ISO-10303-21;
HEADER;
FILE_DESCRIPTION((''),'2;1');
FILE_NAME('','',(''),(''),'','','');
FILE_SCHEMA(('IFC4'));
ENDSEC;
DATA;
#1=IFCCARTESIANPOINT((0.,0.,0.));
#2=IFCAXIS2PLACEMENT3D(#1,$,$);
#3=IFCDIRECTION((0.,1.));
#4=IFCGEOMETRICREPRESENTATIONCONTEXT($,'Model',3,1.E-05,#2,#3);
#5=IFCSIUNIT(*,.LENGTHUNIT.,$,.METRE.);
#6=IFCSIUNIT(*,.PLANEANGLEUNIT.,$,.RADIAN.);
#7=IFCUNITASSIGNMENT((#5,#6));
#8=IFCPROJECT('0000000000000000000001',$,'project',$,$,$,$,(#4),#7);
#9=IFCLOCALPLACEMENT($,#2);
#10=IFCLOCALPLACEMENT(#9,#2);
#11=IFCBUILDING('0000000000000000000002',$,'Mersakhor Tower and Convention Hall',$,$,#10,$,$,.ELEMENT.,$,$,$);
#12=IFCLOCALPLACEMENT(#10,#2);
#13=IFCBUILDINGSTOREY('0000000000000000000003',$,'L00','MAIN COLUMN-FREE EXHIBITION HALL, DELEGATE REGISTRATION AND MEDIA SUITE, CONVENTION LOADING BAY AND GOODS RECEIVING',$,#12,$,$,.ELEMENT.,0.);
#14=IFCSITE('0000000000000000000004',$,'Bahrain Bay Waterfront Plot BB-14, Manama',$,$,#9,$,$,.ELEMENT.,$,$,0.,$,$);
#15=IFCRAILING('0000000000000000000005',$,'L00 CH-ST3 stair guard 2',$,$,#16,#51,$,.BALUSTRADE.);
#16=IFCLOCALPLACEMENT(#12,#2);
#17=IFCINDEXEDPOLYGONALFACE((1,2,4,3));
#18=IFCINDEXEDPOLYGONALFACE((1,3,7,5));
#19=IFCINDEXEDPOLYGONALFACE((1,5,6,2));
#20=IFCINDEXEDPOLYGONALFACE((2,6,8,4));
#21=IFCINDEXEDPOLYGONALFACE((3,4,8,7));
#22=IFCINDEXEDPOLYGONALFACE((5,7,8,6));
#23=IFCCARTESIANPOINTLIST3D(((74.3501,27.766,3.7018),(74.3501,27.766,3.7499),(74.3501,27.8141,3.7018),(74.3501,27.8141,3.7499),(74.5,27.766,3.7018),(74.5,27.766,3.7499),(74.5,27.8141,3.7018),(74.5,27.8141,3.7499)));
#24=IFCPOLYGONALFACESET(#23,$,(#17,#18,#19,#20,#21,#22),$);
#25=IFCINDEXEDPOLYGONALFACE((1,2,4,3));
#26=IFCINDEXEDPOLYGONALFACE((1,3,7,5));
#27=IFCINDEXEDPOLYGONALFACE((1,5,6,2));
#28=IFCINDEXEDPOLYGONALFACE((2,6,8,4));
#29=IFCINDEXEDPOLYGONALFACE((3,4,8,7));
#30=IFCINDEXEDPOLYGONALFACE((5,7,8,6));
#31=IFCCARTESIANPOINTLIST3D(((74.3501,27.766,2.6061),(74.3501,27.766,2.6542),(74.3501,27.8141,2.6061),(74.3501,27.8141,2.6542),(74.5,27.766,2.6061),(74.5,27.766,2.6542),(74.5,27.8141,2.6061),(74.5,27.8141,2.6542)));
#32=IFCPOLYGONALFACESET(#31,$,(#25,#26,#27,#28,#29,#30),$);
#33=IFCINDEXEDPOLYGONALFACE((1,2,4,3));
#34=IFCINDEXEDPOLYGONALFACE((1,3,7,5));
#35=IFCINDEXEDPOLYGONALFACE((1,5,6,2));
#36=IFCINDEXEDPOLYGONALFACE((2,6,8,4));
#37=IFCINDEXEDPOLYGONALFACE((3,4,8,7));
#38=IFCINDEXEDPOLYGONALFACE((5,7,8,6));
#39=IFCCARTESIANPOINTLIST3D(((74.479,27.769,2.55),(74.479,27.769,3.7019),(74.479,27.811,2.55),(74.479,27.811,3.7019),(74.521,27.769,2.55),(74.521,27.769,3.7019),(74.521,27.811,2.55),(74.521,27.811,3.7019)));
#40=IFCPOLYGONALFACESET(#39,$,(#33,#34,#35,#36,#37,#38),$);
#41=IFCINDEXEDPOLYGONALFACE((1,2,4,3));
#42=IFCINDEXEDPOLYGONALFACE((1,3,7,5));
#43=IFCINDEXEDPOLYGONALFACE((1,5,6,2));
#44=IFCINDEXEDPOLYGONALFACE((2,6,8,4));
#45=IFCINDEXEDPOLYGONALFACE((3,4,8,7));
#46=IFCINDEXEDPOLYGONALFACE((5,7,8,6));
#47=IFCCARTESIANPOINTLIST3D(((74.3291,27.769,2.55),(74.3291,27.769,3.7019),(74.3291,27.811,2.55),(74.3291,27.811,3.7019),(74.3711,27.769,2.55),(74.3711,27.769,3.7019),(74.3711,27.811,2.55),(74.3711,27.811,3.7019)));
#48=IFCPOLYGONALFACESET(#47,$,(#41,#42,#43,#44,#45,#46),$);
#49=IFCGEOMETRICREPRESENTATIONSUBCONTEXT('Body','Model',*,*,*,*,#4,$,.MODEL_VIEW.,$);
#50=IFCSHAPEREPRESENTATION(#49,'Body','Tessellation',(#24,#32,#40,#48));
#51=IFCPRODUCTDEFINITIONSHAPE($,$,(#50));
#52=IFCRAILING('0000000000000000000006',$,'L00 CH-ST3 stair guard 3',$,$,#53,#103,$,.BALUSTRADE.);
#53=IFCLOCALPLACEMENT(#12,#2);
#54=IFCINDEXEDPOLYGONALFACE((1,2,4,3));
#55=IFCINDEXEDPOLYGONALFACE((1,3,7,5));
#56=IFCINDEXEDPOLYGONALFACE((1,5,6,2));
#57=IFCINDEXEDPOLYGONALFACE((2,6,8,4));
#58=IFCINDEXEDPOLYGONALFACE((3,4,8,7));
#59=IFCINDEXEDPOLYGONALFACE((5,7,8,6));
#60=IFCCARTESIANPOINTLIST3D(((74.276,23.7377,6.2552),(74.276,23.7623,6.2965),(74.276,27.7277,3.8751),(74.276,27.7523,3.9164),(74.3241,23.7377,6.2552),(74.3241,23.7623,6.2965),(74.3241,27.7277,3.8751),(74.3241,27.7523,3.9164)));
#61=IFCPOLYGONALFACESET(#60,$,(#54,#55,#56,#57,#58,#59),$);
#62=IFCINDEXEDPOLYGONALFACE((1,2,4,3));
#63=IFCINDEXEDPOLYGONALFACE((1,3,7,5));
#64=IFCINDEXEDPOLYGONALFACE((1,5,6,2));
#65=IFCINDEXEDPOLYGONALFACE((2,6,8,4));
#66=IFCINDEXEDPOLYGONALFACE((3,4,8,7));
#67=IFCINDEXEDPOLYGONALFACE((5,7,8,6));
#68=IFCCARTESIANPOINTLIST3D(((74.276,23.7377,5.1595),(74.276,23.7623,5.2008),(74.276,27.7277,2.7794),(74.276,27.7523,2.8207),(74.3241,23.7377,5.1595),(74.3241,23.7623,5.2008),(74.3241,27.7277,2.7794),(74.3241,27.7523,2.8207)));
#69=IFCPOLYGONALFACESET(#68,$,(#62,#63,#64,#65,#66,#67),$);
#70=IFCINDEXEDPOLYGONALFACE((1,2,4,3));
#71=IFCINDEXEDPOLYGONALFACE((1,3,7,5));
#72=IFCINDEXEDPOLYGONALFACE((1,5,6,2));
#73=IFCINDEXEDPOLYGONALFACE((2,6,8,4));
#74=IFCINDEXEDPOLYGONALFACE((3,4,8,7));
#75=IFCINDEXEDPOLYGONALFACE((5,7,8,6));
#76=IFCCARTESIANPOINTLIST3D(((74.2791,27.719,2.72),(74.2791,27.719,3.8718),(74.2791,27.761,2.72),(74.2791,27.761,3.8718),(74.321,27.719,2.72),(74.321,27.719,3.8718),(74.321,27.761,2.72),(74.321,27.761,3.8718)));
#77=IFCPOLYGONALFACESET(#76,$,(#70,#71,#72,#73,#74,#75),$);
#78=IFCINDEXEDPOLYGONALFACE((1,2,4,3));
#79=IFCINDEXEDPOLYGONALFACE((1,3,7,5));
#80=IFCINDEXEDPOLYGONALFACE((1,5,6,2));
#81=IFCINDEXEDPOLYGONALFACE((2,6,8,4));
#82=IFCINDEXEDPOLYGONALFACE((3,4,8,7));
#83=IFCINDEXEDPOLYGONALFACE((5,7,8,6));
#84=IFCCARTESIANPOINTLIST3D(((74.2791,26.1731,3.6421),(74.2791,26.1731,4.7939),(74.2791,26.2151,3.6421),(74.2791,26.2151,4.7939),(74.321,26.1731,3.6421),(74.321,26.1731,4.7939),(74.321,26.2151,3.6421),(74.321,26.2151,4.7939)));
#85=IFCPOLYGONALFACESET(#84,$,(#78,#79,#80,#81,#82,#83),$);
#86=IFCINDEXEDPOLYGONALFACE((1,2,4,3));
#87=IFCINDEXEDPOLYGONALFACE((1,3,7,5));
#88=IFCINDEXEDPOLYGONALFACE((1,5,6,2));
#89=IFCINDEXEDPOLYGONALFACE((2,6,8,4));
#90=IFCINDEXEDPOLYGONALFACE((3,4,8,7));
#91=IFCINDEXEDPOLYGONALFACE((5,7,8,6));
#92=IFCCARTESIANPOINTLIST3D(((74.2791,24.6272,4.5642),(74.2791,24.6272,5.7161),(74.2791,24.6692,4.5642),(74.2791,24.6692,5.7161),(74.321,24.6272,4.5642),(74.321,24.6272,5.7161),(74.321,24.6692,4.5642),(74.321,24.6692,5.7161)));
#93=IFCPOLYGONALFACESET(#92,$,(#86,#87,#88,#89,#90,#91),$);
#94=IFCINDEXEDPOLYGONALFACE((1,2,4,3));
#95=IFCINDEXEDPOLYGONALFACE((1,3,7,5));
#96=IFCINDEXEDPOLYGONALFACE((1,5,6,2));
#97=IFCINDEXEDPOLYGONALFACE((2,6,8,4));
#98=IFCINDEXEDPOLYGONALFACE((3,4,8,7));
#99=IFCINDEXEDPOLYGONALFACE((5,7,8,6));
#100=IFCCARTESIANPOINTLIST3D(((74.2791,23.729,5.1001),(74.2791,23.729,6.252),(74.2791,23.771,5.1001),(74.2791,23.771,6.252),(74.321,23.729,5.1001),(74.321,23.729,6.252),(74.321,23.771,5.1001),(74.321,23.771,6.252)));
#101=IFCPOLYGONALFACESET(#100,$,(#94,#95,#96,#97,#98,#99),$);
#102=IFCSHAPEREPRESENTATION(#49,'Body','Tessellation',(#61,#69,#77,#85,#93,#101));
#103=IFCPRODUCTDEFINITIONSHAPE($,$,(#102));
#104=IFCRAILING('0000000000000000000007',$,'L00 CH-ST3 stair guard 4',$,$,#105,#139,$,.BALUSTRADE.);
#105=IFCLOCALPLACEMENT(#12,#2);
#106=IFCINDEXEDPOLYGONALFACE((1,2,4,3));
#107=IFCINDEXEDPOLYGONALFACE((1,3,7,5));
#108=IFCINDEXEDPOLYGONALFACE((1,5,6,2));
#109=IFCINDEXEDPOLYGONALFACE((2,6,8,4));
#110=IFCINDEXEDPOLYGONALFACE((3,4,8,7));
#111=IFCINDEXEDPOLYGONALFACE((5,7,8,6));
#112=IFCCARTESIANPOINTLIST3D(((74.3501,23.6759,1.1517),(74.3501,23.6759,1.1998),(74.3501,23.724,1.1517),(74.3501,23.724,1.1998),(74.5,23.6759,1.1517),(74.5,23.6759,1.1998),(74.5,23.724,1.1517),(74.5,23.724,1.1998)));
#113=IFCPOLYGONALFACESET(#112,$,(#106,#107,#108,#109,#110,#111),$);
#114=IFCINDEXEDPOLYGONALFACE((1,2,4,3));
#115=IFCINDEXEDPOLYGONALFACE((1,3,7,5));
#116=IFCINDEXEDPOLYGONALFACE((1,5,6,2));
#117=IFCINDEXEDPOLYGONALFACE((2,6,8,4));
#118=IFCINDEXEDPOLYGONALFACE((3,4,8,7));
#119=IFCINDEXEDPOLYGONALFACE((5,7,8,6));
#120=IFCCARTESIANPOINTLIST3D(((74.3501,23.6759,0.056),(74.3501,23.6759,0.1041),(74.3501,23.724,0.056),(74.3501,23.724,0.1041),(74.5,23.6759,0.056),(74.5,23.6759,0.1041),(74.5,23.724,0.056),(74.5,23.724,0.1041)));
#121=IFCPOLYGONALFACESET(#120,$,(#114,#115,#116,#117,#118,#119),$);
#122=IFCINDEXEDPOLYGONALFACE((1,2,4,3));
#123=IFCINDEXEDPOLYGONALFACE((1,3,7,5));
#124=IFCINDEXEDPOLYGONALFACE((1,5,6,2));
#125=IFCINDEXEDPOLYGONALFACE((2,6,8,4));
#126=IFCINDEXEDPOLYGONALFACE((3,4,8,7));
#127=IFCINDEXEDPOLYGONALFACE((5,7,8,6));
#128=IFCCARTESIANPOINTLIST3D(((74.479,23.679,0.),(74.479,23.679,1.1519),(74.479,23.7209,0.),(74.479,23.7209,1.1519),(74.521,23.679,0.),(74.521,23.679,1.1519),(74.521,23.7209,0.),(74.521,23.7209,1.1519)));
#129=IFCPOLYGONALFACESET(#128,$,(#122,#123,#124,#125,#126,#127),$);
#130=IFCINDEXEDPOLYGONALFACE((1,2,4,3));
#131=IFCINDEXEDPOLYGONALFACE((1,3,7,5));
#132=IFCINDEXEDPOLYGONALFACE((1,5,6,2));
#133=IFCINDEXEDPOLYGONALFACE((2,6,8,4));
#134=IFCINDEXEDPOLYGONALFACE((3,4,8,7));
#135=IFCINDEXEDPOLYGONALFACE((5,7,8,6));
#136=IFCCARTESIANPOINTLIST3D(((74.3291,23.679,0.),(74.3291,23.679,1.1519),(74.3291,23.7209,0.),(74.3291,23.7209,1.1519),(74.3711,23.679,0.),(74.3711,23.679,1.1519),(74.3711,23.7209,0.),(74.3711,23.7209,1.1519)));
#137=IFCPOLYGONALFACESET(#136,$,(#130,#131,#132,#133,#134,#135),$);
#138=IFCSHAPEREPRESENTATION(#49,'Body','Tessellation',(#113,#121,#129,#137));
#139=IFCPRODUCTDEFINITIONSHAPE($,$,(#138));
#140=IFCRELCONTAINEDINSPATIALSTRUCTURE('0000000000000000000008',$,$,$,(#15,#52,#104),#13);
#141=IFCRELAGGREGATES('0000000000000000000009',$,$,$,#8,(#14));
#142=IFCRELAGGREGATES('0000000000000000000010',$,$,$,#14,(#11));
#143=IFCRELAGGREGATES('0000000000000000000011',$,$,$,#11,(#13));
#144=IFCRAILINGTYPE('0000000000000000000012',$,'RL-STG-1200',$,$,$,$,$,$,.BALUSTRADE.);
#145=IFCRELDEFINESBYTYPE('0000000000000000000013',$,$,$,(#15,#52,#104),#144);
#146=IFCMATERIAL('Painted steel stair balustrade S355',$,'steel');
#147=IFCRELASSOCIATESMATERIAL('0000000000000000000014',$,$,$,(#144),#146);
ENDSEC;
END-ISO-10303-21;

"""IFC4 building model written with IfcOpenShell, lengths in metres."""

from ifc_helpers import new_model, si_unit, direction, frame, origin, origin_2d, place, context, subcontext, project, spatial, rectangle, extrude, material, type_object, element, save


model = new_model("IFC4")

# Units and contexts
model_context = context("Model", 3, precision=1e-05, world=origin(), true_north=direction((0.0, 1.0)))
body_context = subcontext(model_context, "Body", "Model", "MODEL_VIEW")
ifc_project = project(units=[si_unit("LENGTHUNIT", "METRE"), si_unit("PLANEANGLEUNIT", "RADIAN")], contexts=[model_context])

# Site, building, storey
site_placement = place(None, origin())
site = spatial("IfcSite", under=ifc_project, at=site_placement, Name="Bahrain Bay Waterfront Plot BB-14, Manama", CompositionType="ELEMENT", RefElevation=0.0)
building_placement = place(site_placement, origin())
building = spatial("IfcBuilding", under=site, at=building_placement, Name="Mersakhor Tower and Convention Hall", CompositionType="ELEMENT")
storey_placement = place(building_placement, origin())
storey = spatial("IfcBuildingStorey", under=building, at=storey_placement, Name="L00", Description="MAIN COLUMN-FREE EXHIBITION HALL, DELEGATE REGISTRATION AND MEDIA SUITE, CONVENTION LOADING BAY AND GOODS RECEIVING", CompositionType="ELEMENT", Elevation=0.0)

# Railings
ifc_material_1 = material(Name="Painted steel stair balustrade S355", Category="steel")
railing_type_1 = type_object("IfcRailingType", Name="RL-STG-1200", PredefinedType="BALUSTRADE", material=ifc_material_1)
railing_1_placement = place(storey_placement, frame((74.5, 27.79, 2.55)))
element("IfcRailing", 1, at=railing_1_placement, inside=storey, type_object=railing_type_1, Name="L00 CH-ST3 stair guard 2", PredefinedType="BALUSTRADE", context=body_context, shape_type="SweptSolid", body=[
    extrude(rectangle(XDim=0.0481, YDim=0.0481, at=origin_2d()), frame((0.0, 0.0, 1.1758), z_axis=(-1.0, 0.0, 0.0), x_axis=(0.0, -1.0, 0.0)), (0.0, 0.0, 1.0), 0.1499),
    extrude(rectangle(XDim=0.0481, YDim=0.0481, at=origin_2d()), frame((0.0, 0.0, 0.0801), z_axis=(-1.0, 0.0, 0.0), x_axis=(0.0, -1.0, 0.0)), (0.0, 0.0, 1.0), 0.1499),
    extrude(rectangle(XDim=0.042, YDim=0.042, at=origin_2d()), origin(), (0.0, 0.0, 1.0), 1.1519),
    extrude(rectangle(XDim=0.042, YDim=0.042, at=origin_2d()), frame((-0.1499, 0.0, 0.0)), (0.0, 0.0, 1.0), 1.1519),
])
railing_2_placement = place(storey_placement, frame((74.3, 27.74, 2.72)))
element("IfcRailing", 2, at=railing_2_placement, inside=storey, type_object=railing_type_1, Name="L00 CH-ST3 stair guard 3", PredefinedType="BALUSTRADE", context=body_context, shape_type="SweptSolid", body=[
    extrude(rectangle(XDim=0.0481, YDim=0.0481, at=origin_2d()), frame((0.0, 0.0, 1.1758), z_axis=(0.0, -0.858807, 0.512299), x_axis=(1.0, 0.0, 0.0)), (0.0, 0.0, 1.0), 4.646),
    extrude(rectangle(XDim=0.0481, YDim=0.0481, at=origin_2d()), frame((0.0, 0.0, 0.0801), z_axis=(0.0, -0.858807, 0.512299), x_axis=(1.0, 0.0, 0.0)), (0.0, 0.0, 1.0), 4.646),
    extrude(rectangle(XDim=0.042, YDim=0.042, at=origin_2d()), origin(), (0.0, 0.0, 1.0), 1.1519),
    extrude(rectangle(XDim=0.042, YDim=0.042, at=origin_2d()), frame((0.0, -1.5459, 0.9221)), (0.0, 0.0, 1.0), 1.1519),
    extrude(rectangle(XDim=0.042, YDim=0.042, at=origin_2d()), frame((0.0, -3.0918, 1.8442)), (0.0, 0.0, 1.0), 1.1519),
    extrude(rectangle(XDim=0.042, YDim=0.042, at=origin_2d()), frame((0.0, -3.99, 2.3801)), (0.0, 0.0, 1.0), 1.1519),
])
railing_3_placement = place(storey_placement, frame((74.5, 23.7, 0.0)))
element("IfcRailing", 3, at=railing_3_placement, inside=storey, type_object=railing_type_1, Name="L00 CH-ST3 stair guard 4", PredefinedType="BALUSTRADE", context=body_context, shape_type="SweptSolid", body=[
    extrude(rectangle(XDim=0.0481, YDim=0.0481, at=origin_2d()), frame((0.0, 0.0, 1.1758), z_axis=(-1.0, 0.0, 0.0), x_axis=(0.0, -1.0, 0.0)), (0.0, 0.0, 1.0), 0.1499),
    extrude(rectangle(XDim=0.0481, YDim=0.0481, at=origin_2d()), frame((0.0, 0.0, 0.0801), z_axis=(-1.0, 0.0, 0.0), x_axis=(0.0, -1.0, 0.0)), (0.0, 0.0, 1.0), 0.1499),
    extrude(rectangle(XDim=0.042, YDim=0.042, at=origin_2d()), origin(), (0.0, 0.0, 1.0), 1.1519),
    extrude(rectangle(XDim=0.042, YDim=0.042, at=origin_2d()), frame((-0.1499, 0.0, 0.0)), (0.0, 0.0, 1.0), 1.1519),
])

save(model, "model.ifc")
